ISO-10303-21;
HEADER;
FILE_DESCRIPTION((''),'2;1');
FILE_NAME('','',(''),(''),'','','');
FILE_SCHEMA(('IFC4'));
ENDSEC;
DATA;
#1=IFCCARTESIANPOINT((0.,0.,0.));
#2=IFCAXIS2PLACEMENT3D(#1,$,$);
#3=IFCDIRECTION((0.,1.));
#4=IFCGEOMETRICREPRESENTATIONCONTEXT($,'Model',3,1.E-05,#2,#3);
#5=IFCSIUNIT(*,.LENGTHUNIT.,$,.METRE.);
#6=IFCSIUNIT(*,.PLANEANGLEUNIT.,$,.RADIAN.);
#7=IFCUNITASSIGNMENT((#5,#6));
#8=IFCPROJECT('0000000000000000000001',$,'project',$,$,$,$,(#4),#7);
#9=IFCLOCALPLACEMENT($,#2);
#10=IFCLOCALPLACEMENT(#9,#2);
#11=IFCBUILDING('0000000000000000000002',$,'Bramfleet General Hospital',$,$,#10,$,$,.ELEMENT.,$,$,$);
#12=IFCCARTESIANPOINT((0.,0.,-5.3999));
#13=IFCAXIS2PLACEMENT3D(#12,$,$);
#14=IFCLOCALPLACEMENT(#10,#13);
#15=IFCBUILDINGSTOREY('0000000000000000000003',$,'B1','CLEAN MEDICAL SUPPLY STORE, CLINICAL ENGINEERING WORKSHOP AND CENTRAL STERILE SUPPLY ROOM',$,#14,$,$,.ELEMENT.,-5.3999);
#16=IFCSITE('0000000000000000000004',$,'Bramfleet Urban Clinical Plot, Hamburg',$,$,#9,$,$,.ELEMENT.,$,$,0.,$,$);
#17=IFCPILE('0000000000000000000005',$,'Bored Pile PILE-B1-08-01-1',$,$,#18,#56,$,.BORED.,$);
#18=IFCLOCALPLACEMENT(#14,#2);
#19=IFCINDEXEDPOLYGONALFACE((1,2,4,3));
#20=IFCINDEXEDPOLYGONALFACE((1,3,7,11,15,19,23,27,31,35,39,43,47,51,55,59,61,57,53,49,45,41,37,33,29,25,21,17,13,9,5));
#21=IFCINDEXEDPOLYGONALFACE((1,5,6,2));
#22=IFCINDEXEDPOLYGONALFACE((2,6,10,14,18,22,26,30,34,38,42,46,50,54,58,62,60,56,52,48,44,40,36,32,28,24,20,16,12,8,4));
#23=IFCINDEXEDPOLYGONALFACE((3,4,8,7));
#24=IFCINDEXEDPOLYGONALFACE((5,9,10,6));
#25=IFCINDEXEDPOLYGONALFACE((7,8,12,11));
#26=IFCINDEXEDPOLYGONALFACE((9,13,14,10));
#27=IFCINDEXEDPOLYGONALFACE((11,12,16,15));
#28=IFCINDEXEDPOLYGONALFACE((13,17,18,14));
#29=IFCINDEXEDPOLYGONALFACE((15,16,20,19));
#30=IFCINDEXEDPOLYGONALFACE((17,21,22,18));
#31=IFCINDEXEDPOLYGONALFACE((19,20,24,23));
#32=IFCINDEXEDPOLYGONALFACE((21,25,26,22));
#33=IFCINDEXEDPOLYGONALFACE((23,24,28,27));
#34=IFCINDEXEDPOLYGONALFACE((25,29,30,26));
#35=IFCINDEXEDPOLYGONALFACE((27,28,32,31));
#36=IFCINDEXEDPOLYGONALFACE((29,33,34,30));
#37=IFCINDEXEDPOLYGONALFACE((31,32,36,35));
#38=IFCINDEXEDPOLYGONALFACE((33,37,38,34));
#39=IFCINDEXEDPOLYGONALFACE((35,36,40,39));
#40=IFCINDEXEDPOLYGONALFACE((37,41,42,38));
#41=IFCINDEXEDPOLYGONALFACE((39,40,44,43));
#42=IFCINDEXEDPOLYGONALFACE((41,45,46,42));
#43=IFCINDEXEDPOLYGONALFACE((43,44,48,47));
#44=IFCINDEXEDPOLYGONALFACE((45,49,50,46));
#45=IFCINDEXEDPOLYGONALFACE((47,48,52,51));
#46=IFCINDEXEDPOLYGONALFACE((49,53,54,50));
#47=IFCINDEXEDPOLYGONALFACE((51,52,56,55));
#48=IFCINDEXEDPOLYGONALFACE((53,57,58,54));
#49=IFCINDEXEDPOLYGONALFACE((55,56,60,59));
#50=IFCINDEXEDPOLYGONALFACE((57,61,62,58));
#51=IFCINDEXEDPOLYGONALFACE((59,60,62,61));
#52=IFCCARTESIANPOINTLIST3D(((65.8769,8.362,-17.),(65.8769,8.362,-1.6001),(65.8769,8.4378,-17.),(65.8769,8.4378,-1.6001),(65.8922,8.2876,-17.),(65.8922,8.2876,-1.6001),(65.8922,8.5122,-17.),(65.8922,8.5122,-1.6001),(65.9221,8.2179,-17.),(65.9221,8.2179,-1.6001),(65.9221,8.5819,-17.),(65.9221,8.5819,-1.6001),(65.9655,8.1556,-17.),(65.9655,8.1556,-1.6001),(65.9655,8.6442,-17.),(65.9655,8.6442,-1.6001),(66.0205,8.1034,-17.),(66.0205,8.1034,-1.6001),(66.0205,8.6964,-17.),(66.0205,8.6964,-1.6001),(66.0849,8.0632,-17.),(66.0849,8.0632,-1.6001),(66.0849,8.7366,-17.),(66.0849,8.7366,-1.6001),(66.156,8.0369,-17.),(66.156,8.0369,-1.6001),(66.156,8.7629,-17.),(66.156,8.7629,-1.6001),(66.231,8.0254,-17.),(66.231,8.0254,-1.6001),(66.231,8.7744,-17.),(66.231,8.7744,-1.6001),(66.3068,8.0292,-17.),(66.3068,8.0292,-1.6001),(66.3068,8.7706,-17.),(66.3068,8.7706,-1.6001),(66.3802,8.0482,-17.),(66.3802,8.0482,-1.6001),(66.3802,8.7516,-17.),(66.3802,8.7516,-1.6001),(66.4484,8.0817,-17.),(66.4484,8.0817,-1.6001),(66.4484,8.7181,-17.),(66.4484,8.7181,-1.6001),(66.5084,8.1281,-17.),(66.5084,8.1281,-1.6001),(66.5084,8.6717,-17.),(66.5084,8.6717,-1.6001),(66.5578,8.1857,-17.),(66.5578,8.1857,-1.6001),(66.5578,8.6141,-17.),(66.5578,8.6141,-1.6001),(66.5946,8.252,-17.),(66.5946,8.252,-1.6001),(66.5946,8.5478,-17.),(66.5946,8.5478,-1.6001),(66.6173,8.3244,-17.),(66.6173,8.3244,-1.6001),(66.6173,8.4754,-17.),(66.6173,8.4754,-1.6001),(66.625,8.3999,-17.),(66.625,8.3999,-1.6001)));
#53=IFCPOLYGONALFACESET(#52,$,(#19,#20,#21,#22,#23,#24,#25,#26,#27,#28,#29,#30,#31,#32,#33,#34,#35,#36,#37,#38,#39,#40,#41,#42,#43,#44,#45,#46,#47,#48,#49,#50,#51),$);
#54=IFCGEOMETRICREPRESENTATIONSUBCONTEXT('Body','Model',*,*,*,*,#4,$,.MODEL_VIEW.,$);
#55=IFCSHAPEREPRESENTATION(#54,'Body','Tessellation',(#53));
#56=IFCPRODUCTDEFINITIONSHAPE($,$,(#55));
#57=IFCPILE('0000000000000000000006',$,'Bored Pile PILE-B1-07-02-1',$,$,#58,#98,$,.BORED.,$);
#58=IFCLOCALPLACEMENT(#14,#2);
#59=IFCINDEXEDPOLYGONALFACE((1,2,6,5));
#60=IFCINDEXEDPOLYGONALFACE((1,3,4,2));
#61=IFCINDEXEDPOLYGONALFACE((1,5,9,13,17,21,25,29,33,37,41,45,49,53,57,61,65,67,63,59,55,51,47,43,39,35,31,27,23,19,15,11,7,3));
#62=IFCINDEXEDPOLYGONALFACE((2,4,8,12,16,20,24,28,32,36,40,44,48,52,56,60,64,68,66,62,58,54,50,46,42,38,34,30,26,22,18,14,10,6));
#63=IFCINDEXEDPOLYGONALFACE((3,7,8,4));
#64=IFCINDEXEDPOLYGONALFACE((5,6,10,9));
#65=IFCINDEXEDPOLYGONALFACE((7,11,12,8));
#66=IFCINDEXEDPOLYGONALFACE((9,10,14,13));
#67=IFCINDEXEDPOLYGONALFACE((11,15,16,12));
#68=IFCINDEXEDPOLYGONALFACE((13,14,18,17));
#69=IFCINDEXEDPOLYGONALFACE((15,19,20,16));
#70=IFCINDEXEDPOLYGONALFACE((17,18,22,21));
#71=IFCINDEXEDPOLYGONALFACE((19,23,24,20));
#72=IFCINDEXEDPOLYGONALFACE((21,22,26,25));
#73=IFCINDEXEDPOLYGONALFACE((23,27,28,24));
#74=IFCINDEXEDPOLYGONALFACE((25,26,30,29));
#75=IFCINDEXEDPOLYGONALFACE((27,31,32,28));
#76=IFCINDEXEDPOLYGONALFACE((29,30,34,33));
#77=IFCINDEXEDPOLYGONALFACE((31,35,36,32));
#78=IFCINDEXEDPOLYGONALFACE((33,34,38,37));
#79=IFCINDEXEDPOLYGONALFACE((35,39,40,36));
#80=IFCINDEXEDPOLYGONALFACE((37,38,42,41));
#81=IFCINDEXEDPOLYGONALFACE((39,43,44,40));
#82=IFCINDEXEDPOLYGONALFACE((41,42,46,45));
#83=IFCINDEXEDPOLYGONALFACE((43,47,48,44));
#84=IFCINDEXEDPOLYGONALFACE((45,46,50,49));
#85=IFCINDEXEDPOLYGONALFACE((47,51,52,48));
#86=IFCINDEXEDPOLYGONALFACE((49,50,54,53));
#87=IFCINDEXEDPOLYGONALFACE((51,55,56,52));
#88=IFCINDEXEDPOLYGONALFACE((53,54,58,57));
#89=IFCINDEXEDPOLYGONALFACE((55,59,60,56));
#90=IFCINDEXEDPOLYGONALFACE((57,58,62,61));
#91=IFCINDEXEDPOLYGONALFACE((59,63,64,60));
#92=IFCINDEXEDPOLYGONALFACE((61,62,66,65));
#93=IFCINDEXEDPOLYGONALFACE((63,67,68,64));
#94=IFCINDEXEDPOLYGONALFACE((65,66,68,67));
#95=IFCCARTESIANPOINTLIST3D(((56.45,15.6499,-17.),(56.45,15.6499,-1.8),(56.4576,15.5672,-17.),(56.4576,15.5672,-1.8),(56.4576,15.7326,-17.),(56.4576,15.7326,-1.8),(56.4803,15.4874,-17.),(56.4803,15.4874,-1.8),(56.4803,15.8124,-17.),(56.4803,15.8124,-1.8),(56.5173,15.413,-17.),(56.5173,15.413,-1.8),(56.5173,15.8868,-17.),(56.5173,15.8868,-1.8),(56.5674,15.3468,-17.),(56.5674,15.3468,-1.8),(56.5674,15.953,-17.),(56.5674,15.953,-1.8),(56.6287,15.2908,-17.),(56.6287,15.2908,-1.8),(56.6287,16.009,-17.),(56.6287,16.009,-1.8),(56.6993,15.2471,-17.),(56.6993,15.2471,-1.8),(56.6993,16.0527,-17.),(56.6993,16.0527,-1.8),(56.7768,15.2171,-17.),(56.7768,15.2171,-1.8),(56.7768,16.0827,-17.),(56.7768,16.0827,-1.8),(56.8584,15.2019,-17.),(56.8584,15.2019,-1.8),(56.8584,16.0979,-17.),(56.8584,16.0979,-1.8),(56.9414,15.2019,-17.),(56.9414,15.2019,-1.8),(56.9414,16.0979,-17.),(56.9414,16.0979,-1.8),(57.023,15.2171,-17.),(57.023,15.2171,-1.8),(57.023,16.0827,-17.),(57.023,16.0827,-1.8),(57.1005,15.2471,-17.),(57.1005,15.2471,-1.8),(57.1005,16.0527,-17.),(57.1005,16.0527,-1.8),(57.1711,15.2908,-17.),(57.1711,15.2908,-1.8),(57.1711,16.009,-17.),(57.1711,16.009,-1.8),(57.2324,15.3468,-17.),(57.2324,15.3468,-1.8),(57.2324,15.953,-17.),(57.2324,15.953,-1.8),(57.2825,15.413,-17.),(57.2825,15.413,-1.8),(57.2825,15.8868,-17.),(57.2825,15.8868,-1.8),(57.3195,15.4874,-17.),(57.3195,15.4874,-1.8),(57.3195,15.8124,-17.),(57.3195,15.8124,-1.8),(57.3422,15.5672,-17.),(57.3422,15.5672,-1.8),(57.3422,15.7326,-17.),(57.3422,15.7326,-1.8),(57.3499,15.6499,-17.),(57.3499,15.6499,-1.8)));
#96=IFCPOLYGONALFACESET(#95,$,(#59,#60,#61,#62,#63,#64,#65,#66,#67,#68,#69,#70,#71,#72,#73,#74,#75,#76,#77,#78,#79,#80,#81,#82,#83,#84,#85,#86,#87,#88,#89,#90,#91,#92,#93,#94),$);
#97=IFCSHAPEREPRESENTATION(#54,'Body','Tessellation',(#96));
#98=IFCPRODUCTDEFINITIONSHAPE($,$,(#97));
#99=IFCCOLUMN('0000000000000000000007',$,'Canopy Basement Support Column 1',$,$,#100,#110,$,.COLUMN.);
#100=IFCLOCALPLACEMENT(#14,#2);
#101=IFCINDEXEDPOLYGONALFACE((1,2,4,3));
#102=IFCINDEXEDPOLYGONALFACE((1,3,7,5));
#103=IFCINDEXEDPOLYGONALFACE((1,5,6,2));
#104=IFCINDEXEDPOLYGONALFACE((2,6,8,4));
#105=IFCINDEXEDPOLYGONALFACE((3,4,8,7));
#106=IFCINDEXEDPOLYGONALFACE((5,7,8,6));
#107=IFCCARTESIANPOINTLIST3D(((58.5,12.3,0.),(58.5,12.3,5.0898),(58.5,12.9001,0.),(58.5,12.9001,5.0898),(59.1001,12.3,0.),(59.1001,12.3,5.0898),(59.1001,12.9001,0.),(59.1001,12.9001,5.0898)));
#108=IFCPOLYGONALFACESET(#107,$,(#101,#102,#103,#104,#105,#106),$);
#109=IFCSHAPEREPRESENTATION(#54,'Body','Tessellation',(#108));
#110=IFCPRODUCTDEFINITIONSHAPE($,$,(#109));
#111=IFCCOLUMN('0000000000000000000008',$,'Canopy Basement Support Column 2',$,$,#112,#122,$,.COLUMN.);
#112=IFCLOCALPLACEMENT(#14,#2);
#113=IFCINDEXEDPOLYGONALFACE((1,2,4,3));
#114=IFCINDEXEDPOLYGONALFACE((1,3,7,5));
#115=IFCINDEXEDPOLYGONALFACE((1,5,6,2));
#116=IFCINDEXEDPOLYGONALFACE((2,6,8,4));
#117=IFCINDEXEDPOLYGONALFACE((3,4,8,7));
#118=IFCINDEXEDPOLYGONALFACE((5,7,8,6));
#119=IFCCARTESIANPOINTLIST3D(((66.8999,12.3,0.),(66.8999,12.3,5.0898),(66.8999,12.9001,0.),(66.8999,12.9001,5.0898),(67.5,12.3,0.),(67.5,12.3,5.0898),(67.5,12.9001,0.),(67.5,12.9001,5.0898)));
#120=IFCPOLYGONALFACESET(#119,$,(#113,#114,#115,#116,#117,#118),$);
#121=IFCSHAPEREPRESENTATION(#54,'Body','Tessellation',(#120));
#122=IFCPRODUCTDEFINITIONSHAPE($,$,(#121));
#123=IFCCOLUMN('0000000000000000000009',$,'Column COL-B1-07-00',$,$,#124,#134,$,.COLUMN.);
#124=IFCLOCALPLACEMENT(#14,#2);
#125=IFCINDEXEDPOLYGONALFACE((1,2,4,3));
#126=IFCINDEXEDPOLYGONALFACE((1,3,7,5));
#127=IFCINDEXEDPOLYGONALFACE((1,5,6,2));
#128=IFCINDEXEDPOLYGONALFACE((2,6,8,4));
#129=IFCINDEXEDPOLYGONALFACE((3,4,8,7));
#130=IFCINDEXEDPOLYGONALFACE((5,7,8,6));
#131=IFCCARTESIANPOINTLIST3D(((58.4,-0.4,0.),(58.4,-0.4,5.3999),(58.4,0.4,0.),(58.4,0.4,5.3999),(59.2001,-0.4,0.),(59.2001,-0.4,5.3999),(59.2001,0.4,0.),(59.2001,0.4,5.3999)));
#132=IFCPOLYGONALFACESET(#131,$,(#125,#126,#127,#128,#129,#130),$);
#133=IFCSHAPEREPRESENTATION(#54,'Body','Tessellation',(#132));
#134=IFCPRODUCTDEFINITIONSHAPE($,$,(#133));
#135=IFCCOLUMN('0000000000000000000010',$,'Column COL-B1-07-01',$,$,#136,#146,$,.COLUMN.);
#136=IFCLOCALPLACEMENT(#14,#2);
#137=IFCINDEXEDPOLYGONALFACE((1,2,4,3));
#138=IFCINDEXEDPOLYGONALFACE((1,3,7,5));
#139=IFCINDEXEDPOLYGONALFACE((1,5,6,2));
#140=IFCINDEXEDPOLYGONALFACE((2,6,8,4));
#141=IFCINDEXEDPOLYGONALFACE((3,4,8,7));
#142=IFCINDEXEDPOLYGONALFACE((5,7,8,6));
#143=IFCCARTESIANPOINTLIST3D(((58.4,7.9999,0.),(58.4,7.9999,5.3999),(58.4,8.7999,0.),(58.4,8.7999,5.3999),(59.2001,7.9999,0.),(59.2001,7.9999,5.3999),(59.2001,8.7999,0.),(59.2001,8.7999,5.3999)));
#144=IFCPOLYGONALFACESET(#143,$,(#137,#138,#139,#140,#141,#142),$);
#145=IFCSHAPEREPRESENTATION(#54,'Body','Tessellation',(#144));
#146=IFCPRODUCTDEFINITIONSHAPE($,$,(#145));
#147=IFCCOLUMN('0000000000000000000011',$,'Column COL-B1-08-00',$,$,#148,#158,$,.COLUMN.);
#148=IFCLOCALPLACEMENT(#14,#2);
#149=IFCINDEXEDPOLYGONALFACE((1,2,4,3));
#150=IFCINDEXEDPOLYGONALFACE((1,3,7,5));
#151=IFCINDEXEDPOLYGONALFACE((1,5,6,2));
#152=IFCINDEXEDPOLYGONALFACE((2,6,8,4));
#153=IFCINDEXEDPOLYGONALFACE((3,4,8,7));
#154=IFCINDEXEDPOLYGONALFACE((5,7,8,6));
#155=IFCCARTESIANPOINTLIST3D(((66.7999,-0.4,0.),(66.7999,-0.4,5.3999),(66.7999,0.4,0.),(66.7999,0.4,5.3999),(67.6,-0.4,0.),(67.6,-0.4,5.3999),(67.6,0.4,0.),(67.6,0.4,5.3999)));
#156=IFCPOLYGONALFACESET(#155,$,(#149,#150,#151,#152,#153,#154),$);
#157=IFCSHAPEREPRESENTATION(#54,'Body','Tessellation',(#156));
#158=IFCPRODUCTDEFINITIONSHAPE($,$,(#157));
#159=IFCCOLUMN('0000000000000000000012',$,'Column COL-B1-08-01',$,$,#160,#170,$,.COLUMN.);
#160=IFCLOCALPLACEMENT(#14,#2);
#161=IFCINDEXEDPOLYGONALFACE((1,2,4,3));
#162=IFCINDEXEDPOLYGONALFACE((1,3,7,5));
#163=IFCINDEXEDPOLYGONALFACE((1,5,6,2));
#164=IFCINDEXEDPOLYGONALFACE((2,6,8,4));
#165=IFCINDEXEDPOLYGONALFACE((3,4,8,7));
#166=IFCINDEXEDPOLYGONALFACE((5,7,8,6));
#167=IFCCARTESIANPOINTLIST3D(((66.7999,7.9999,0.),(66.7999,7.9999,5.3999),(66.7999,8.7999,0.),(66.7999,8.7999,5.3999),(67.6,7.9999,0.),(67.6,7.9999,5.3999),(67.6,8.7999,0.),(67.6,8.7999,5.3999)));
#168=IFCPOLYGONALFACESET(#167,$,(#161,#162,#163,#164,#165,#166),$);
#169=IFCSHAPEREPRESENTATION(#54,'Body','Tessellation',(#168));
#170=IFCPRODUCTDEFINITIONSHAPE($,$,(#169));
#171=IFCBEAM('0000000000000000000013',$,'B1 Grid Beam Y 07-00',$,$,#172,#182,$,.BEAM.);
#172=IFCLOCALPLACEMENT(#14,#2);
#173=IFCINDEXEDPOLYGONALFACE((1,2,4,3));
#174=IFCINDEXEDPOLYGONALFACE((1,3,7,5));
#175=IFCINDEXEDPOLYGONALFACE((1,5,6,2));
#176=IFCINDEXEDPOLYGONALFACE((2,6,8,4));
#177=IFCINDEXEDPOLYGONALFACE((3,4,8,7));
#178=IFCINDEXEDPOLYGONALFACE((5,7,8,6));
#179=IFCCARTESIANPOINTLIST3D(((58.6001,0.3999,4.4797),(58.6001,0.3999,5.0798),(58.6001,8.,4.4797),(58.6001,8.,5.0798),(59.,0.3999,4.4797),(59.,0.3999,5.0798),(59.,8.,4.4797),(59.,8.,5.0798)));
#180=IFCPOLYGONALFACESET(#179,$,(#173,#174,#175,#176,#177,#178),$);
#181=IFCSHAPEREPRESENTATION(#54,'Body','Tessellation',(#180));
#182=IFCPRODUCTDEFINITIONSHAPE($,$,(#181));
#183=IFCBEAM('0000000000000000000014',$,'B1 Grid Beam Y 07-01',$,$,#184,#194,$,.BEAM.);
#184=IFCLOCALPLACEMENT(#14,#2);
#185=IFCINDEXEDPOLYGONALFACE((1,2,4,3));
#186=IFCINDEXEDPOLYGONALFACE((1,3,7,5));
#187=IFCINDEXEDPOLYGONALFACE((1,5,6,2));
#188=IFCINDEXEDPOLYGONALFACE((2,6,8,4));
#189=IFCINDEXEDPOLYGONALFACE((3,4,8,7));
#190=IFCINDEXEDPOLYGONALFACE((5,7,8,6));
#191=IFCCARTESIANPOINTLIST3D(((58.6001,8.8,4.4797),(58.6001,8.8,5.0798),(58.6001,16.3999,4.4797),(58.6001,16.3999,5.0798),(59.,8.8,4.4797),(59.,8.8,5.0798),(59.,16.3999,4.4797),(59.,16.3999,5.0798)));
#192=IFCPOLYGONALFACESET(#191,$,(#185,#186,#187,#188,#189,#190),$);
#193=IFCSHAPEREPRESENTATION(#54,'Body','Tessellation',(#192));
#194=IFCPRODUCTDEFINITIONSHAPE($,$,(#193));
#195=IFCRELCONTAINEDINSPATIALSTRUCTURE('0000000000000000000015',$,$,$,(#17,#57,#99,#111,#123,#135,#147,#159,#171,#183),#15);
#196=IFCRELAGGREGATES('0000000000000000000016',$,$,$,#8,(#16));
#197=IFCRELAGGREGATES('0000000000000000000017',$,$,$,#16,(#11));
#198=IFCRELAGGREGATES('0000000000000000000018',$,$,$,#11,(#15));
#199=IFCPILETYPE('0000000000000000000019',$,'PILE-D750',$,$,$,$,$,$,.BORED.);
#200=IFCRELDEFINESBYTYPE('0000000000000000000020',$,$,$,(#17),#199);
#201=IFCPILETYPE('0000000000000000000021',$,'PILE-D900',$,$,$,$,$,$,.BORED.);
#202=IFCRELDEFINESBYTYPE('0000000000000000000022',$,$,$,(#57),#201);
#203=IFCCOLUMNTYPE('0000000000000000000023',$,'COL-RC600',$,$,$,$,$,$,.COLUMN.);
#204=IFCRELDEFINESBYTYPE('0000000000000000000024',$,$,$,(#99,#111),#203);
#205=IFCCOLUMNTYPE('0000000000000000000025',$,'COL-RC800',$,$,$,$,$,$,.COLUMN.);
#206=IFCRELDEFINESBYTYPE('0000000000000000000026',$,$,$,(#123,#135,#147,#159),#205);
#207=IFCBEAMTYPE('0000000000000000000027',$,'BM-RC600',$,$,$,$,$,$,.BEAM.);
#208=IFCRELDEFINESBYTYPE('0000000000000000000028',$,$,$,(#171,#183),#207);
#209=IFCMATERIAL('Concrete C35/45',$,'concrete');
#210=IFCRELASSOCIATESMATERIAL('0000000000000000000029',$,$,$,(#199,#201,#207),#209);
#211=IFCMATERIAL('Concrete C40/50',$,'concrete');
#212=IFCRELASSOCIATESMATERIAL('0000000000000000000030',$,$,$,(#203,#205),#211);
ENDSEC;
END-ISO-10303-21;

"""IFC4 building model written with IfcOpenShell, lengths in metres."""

from ifc_helpers import new_model, si_unit, direction, frame, origin, origin_2d, place, context, subcontext, project, spatial, rectangle, circle, extrude, material, material_profile, profile_set, type_object, element, save


model = new_model("IFC4")

# Units and contexts
model_context = context("Model", 3, precision=1e-05, world=origin(), true_north=direction((0.0, 1.0)))
body_context = subcontext(model_context, "Body", "Model", "MODEL_VIEW")
ifc_project = project(units=[si_unit("LENGTHUNIT", "METRE"), si_unit("PLANEANGLEUNIT", "RADIAN")], contexts=[model_context])

# Site, building, storey
site_placement = place(None, origin())
site = spatial("IfcSite", under=ifc_project, at=site_placement, Name="Bramfleet Urban Clinical Plot, Hamburg", CompositionType="ELEMENT", RefElevation=0.0)
building_placement = place(site_placement, origin())
building = spatial("IfcBuilding", under=site, at=building_placement, Name="Bramfleet General Hospital", CompositionType="ELEMENT")
storey_placement = place(building_placement, frame((0.0, 0.0, -5.3999)))
storey = spatial("IfcBuildingStorey", under=building, at=storey_placement, Name="B1", Description="CLEAN MEDICAL SUPPLY STORE, CLINICAL ENGINEERING WORKSHOP AND CENTRAL STERILE SUPPLY ROOM", CompositionType="ELEMENT", Elevation=-5.3999)

# Shared definitions
ifc_material_1 = material(Name="Concrete C35/45", Category="concrete")

# Piles
ifc_material_profile_1 = material_profile(ifc_material_1, circle(Radius=0.375, at=origin_2d()), Name="PILE BORED D750")
ifc_profile_set_1 = profile_set([ifc_material_profile_1], Name="Concrete C35/45")
pile_type_1 = type_object("IfcPileType", Name="PILE-D750", PredefinedType="BORED", material=ifc_profile_set_1)
for number, where, z_axis, x_axis, name in (
    (1, (66.25, 8.3999, -1.6001), (0.0, 0.0, -1.0), (1.0, 0.0, 0.0), "Bored Pile PILE-B1-08-01-1"),
):
    element("IfcPile", number, at=place(storey_placement, frame(where, z_axis=z_axis, x_axis=x_axis)), inside=storey, type_object=pile_type_1, Name=name, PredefinedType="BORED", context=body_context, shape_type="SweptSolid", body=[
        extrude(circle(Radius=0.375, at=origin_2d()), origin(), (0.0, 0.0, 1.0), 15.3999),
    ])
ifc_material_profile_2 = material_profile(ifc_material_1, circle(Radius=0.45, at=origin_2d()), Name="PILE BORED D900")
ifc_profile_set_2 = profile_set([ifc_material_profile_2], Name="Concrete C35/45")
pile_type_2 = type_object("IfcPileType", Name="PILE-D900", PredefinedType="BORED", material=ifc_profile_set_2)
pile_placement = place(storey_placement, frame((56.8999, 15.6499, -1.8), z_axis=(0.0, 0.0, -1.0), x_axis=(1.0, 0.0, 0.0)))
element("IfcPile", 2, at=pile_placement, inside=storey, type_object=pile_type_2, Name="Bored Pile PILE-B1-07-02-1", PredefinedType="BORED", context=body_context, shape_type="SweptSolid", body=[
    extrude(circle(Radius=0.45, at=origin_2d()), origin(), (0.0, 0.0, 1.0), 15.2),
])

# Columns
ifc_material_2 = material(Name="Concrete C40/50", Category="concrete")
ifc_material_profile_3 = material_profile(ifc_material_2, rectangle(XDim=0.6001, YDim=0.6001, at=origin_2d()), Name="RC COL 600x600")
ifc_profile_set_3 = profile_set([ifc_material_profile_3], Name="Concrete C40/50")
column_type_1 = type_object("IfcColumnType", Name="COL-RC600", PredefinedType="COLUMN", material=ifc_profile_set_3)
for number, where, z_axis, x_axis, name in (
    (3, (58.8, 12.6001, 0.0), (0.0, 0.0, 1.0), (1.0, 0.0, 0.0), "Canopy Basement Support Column 1"),
    (4, (67.2, 12.6001, 0.0), (0.0, 0.0, 1.0), (1.0, 0.0, 0.0), "Canopy Basement Support Column 2"),
):
    element("IfcColumn", number, at=place(storey_placement, frame(where, z_axis=z_axis, x_axis=x_axis)), inside=storey, type_object=column_type_1, Name=name, PredefinedType="COLUMN", context=body_context, shape_type="SweptSolid", body=[
        extrude(rectangle(XDim=0.6001, YDim=0.6001, at=origin_2d()), origin(), (0.0, 0.0, 1.0), 5.0898),
    ])
ifc_material_profile_4 = material_profile(ifc_material_2, rectangle(XDim=0.8, YDim=0.8, at=origin_2d()), Name="RC COL 800x800")
ifc_profile_set_4 = profile_set([ifc_material_profile_4], Name="Concrete C40/50")
column_type_2 = type_object("IfcColumnType", Name="COL-RC800", PredefinedType="COLUMN", material=ifc_profile_set_4)
for number, where, z_axis, x_axis, name in (
    (5, (58.8, 0.0, 0.0), (0.0, 0.0, 1.0), (1.0, 0.0, 0.0), "Column COL-B1-07-00"),
    (6, (58.8, 8.3999, 0.0), (0.0, 0.0, 1.0), (1.0, 0.0, 0.0), "Column COL-B1-07-01"),
    (7, (67.2, 0.0, 0.0), (0.0, 0.0, 1.0), (1.0, 0.0, 0.0), "Column COL-B1-08-00"),
    (8, (67.2, 8.3999, 0.0), (0.0, 0.0, 1.0), (1.0, 0.0, 0.0), "Column COL-B1-08-01"),
):
    element("IfcColumn", number, at=place(storey_placement, frame(where, z_axis=z_axis, x_axis=x_axis)), inside=storey, type_object=column_type_2, Name=name, PredefinedType="COLUMN", context=body_context, shape_type="SweptSolid", body=[
        extrude(rectangle(XDim=0.8, YDim=0.8, at=origin_2d()), origin(), (0.0, 0.0, 1.0), 5.3999),
    ])

# Beams
ifc_material_profile_5 = material_profile(ifc_material_1, rectangle(XDim=0.3999, YDim=0.6001, at=origin_2d()), Name="RC BM 600x400")
ifc_profile_set_5 = profile_set([ifc_material_profile_5], Name="Concrete C35/45")
beam_type_1 = type_object("IfcBeamType", Name="BM-RC600", PredefinedType="BEAM", material=ifc_profile_set_5)
beam_1_placement = place(storey_placement, frame((58.8, 0.3999, 4.7798), z_axis=(0.0, 1.0, 0.0), x_axis=(-1.0, 0.0, 0.0)))
element("IfcBeam", 9, at=beam_1_placement, inside=storey, type_object=beam_type_1, Name="B1 Grid Beam Y 07-00", PredefinedType="BEAM", context=body_context, shape_type="SweptSolid", body=[
    extrude(rectangle(XDim=0.3999, YDim=0.6001, at=origin_2d()), origin(), (0.0, 0.0, 1.0), 7.6001),
])
beam_2_placement = place(storey_placement, frame((58.8, 8.8, 4.7798), z_axis=(0.0, 1.0, 0.0), x_axis=(-1.0, 0.0, 0.0)))
element("IfcBeam", 10, at=beam_2_placement, inside=storey, type_object=beam_type_1, Name="B1 Grid Beam Y 07-01", PredefinedType="BEAM", context=body_context, shape_type="SweptSolid", body=[
    extrude(rectangle(XDim=0.3999, YDim=0.6001, at=origin_2d()), origin(), (0.0, 0.0, 1.0), 7.5999),
])

save(model, "model.ifc")
